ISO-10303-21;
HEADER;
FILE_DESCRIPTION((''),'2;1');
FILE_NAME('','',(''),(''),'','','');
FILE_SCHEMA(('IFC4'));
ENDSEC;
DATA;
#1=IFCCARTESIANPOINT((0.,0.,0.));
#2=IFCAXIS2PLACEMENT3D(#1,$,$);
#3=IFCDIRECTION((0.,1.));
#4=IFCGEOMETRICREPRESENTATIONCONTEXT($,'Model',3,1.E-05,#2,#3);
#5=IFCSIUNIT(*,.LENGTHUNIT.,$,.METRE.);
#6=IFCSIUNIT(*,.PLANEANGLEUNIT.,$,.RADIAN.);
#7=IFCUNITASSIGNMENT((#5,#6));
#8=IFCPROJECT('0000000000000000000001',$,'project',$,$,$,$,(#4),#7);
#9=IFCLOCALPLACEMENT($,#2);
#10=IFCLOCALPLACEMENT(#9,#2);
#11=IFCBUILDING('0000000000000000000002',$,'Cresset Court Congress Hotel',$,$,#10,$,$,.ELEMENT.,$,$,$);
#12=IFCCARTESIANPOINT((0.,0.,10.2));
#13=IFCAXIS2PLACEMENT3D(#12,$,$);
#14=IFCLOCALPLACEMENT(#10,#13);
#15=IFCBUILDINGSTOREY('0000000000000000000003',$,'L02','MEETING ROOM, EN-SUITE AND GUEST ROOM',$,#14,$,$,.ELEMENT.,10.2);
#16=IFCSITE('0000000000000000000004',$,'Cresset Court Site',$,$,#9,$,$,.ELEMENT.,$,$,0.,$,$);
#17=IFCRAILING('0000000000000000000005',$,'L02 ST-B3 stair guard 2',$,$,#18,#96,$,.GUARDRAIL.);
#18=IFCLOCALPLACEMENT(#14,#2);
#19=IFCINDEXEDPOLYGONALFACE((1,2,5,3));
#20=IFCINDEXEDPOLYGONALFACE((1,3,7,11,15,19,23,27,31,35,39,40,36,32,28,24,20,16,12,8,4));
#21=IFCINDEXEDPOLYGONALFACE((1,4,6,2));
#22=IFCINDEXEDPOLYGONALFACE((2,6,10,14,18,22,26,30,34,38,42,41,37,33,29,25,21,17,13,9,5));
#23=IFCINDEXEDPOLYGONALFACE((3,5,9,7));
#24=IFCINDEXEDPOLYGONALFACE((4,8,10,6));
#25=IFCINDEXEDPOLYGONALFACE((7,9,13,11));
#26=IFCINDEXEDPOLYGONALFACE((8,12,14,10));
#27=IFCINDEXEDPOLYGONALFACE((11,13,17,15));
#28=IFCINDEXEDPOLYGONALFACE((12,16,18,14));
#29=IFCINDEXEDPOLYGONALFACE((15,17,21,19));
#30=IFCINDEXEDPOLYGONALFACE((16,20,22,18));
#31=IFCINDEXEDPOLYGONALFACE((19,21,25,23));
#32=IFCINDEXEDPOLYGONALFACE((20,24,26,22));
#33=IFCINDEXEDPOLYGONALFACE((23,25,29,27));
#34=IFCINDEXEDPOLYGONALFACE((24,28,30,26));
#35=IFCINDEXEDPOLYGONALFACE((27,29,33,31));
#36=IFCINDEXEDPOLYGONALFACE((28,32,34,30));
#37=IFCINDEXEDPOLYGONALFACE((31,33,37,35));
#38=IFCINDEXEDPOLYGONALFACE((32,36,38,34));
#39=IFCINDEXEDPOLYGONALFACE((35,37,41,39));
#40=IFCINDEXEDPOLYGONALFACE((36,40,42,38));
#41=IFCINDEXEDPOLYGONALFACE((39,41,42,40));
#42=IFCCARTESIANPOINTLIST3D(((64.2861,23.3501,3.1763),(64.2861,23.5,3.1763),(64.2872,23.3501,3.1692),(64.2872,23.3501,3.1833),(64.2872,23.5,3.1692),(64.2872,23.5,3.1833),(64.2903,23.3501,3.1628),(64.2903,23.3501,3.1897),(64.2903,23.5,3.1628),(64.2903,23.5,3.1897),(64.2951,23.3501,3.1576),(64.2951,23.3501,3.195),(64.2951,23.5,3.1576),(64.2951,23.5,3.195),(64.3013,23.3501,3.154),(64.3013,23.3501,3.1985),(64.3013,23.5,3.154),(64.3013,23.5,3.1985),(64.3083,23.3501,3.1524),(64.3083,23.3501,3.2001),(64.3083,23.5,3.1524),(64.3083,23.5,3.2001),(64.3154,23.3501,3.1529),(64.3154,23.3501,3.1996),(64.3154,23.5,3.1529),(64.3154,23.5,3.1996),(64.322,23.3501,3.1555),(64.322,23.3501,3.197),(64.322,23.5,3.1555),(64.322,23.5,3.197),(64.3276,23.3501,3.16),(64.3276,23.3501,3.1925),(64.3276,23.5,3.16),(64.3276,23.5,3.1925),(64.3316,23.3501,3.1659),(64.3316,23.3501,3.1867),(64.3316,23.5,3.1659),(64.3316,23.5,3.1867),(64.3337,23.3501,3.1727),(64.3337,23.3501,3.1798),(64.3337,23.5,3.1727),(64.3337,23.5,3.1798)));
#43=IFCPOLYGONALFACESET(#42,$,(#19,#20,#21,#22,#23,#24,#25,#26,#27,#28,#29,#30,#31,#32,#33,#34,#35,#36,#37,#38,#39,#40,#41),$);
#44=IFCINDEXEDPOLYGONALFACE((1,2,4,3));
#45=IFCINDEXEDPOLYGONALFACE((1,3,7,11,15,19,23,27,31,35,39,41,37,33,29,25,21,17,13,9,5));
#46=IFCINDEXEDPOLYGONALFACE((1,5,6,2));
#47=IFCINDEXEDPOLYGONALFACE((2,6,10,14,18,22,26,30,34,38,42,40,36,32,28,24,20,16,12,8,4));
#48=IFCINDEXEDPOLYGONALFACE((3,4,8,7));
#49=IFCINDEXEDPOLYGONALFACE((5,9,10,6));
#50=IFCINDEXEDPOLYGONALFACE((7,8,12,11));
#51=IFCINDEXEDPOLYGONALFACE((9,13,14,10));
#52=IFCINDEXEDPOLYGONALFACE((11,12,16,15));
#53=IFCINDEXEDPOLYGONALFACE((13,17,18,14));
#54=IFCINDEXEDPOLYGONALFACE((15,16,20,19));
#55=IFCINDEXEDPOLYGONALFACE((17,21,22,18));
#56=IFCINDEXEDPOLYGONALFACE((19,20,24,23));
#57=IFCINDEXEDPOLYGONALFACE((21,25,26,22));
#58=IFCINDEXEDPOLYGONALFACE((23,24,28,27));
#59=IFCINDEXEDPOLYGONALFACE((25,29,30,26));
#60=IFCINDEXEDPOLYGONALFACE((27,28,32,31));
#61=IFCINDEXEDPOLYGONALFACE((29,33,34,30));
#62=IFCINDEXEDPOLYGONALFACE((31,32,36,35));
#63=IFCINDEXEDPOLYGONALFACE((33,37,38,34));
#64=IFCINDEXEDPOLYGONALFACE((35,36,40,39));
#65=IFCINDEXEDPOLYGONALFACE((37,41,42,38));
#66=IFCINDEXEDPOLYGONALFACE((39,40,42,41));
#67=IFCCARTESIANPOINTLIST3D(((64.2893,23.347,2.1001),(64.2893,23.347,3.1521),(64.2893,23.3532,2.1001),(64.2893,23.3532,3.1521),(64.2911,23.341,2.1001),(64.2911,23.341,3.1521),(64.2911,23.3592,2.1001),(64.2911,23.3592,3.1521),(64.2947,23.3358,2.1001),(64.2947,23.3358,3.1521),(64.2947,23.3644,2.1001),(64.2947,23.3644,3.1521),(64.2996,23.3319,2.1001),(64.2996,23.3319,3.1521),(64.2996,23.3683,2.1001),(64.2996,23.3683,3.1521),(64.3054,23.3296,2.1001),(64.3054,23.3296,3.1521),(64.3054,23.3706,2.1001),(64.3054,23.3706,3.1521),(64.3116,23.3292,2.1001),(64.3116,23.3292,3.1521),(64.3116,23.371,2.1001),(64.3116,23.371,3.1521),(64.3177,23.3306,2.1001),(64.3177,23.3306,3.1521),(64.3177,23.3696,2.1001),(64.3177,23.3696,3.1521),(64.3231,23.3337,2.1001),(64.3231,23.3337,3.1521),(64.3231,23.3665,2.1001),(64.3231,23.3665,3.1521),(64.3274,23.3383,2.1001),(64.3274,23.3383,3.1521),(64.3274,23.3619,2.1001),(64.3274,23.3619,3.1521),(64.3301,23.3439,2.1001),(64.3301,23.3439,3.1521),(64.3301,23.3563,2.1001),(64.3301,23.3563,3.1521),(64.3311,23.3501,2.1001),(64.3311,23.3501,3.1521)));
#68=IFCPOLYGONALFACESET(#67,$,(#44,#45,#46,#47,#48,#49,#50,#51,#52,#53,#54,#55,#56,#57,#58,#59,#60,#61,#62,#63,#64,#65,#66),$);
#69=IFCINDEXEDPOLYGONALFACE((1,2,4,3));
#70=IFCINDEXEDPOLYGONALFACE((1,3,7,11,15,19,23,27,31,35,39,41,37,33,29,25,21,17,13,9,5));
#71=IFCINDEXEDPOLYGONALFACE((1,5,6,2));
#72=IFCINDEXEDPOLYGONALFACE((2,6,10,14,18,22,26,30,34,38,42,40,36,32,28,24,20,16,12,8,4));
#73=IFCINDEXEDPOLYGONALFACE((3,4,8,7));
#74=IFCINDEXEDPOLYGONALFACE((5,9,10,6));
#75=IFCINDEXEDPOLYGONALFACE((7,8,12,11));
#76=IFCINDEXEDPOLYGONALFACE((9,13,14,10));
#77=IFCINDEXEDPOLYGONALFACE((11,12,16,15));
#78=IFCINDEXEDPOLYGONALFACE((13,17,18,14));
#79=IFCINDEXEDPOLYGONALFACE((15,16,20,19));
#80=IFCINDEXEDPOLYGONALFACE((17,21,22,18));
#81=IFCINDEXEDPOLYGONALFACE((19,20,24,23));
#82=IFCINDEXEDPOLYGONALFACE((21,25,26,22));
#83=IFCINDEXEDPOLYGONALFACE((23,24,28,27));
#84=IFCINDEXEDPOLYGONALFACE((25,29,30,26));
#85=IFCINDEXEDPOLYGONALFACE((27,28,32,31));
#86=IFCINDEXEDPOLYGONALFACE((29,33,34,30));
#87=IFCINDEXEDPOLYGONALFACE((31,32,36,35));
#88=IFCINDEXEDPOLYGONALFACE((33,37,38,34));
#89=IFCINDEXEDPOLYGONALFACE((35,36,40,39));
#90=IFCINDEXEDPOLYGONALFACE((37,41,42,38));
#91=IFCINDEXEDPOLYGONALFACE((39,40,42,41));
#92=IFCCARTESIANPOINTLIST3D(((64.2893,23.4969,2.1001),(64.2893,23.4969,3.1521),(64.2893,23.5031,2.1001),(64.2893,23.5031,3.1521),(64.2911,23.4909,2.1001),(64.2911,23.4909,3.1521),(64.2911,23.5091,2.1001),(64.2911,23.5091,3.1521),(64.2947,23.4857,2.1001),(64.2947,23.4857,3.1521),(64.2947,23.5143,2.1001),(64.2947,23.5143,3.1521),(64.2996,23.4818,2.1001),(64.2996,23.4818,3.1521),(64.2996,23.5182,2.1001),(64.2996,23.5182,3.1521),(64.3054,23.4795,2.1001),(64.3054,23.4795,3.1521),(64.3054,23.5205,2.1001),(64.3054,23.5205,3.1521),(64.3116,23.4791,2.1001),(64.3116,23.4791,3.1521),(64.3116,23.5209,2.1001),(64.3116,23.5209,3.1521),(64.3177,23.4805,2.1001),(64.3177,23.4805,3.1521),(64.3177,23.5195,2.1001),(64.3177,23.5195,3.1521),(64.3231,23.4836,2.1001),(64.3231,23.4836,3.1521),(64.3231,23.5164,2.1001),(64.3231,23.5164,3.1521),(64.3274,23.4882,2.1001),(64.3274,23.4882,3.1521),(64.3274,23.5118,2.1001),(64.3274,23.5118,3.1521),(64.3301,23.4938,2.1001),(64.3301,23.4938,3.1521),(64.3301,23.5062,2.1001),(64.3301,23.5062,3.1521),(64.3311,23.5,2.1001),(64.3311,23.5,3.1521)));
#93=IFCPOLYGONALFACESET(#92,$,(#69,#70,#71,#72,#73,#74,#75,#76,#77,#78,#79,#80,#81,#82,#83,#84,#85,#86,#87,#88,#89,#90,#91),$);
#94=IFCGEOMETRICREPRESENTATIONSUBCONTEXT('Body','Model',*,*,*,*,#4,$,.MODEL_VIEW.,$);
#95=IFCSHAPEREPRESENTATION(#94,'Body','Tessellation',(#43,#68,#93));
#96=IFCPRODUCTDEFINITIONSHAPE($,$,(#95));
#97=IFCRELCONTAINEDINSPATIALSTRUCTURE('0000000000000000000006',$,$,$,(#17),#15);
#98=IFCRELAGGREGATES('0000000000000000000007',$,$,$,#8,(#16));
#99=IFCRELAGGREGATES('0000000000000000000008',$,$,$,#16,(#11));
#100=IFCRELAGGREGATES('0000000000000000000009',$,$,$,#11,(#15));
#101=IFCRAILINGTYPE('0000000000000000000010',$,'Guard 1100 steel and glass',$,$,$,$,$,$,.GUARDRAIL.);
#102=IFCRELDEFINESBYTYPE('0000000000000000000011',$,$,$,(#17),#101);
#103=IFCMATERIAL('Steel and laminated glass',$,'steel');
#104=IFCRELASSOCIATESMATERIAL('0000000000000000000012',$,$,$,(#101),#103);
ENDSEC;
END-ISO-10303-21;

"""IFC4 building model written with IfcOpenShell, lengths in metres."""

from ifc_helpers import new_model, si_unit, direction, frame, origin, origin_2d, place, context, subcontext, project, spatial, circle, extrude, material, type_object, element, save


model = new_model("IFC4")

# Units and contexts
model_context = context("Model", 3, precision=1e-05, world=origin(), true_north=direction((0.0, 1.0)))
body_context = subcontext(model_context, "Body", "Model", "MODEL_VIEW")
ifc_project = project(units=[si_unit("LENGTHUNIT", "METRE"), si_unit("PLANEANGLEUNIT", "RADIAN")], contexts=[model_context])

# Site, building, storey
site_placement = place(None, origin())
site = spatial("IfcSite", under=ifc_project, at=site_placement, Name="Cresset Court Site", CompositionType="ELEMENT", RefElevation=0.0)
building_placement = place(site_placement, origin())
building = spatial("IfcBuilding", under=site, at=building_placement, Name="Cresset Court Congress Hotel", CompositionType="ELEMENT")
storey_placement = place(building_placement, frame((0.0, 0.0, 10.2)))
storey = spatial("IfcBuildingStorey", under=building, at=storey_placement, Name="L02", Description="MEETING ROOM, EN-SUITE AND GUEST ROOM", CompositionType="ELEMENT", Elevation=10.2)

# Railing
ifc_material_1 = material(Name="Steel and laminated glass", Category="steel")
railing_type_1 = type_object("IfcRailingType", Name="Guard 1100 steel and glass", PredefinedType="GUARDRAIL", material=ifc_material_1)
railing_1_placement = place(storey_placement, frame((64.3101, 23.3501, 2.1001)))
element("IfcRailing", 1, at=railing_1_placement, inside=storey, type_object=railing_type_1, Name="L02 ST-B3 stair guard 2", PredefinedType="GUARDRAIL", context=body_context, shape_type="SweptSolid", body=[
    extrude(circle(Radius=0.0239, at=origin_2d()), frame((0.0, 0.0, 1.0762), z_axis=(0.0, 1.0, 0.0), x_axis=(-1.0, 0.0, 0.0)), (0.0, 0.0, 1.0), 0.1499),
    extrude(circle(Radius=0.021, at=origin_2d()), origin(), (0.0, 0.0, 1.0), 1.052),
    extrude(circle(Radius=0.021, at=origin_2d()), frame((0.0, 0.1499, 0.0)), (0.0, 0.0, 1.0), 1.052),
])

save(model, "model.ifc")
